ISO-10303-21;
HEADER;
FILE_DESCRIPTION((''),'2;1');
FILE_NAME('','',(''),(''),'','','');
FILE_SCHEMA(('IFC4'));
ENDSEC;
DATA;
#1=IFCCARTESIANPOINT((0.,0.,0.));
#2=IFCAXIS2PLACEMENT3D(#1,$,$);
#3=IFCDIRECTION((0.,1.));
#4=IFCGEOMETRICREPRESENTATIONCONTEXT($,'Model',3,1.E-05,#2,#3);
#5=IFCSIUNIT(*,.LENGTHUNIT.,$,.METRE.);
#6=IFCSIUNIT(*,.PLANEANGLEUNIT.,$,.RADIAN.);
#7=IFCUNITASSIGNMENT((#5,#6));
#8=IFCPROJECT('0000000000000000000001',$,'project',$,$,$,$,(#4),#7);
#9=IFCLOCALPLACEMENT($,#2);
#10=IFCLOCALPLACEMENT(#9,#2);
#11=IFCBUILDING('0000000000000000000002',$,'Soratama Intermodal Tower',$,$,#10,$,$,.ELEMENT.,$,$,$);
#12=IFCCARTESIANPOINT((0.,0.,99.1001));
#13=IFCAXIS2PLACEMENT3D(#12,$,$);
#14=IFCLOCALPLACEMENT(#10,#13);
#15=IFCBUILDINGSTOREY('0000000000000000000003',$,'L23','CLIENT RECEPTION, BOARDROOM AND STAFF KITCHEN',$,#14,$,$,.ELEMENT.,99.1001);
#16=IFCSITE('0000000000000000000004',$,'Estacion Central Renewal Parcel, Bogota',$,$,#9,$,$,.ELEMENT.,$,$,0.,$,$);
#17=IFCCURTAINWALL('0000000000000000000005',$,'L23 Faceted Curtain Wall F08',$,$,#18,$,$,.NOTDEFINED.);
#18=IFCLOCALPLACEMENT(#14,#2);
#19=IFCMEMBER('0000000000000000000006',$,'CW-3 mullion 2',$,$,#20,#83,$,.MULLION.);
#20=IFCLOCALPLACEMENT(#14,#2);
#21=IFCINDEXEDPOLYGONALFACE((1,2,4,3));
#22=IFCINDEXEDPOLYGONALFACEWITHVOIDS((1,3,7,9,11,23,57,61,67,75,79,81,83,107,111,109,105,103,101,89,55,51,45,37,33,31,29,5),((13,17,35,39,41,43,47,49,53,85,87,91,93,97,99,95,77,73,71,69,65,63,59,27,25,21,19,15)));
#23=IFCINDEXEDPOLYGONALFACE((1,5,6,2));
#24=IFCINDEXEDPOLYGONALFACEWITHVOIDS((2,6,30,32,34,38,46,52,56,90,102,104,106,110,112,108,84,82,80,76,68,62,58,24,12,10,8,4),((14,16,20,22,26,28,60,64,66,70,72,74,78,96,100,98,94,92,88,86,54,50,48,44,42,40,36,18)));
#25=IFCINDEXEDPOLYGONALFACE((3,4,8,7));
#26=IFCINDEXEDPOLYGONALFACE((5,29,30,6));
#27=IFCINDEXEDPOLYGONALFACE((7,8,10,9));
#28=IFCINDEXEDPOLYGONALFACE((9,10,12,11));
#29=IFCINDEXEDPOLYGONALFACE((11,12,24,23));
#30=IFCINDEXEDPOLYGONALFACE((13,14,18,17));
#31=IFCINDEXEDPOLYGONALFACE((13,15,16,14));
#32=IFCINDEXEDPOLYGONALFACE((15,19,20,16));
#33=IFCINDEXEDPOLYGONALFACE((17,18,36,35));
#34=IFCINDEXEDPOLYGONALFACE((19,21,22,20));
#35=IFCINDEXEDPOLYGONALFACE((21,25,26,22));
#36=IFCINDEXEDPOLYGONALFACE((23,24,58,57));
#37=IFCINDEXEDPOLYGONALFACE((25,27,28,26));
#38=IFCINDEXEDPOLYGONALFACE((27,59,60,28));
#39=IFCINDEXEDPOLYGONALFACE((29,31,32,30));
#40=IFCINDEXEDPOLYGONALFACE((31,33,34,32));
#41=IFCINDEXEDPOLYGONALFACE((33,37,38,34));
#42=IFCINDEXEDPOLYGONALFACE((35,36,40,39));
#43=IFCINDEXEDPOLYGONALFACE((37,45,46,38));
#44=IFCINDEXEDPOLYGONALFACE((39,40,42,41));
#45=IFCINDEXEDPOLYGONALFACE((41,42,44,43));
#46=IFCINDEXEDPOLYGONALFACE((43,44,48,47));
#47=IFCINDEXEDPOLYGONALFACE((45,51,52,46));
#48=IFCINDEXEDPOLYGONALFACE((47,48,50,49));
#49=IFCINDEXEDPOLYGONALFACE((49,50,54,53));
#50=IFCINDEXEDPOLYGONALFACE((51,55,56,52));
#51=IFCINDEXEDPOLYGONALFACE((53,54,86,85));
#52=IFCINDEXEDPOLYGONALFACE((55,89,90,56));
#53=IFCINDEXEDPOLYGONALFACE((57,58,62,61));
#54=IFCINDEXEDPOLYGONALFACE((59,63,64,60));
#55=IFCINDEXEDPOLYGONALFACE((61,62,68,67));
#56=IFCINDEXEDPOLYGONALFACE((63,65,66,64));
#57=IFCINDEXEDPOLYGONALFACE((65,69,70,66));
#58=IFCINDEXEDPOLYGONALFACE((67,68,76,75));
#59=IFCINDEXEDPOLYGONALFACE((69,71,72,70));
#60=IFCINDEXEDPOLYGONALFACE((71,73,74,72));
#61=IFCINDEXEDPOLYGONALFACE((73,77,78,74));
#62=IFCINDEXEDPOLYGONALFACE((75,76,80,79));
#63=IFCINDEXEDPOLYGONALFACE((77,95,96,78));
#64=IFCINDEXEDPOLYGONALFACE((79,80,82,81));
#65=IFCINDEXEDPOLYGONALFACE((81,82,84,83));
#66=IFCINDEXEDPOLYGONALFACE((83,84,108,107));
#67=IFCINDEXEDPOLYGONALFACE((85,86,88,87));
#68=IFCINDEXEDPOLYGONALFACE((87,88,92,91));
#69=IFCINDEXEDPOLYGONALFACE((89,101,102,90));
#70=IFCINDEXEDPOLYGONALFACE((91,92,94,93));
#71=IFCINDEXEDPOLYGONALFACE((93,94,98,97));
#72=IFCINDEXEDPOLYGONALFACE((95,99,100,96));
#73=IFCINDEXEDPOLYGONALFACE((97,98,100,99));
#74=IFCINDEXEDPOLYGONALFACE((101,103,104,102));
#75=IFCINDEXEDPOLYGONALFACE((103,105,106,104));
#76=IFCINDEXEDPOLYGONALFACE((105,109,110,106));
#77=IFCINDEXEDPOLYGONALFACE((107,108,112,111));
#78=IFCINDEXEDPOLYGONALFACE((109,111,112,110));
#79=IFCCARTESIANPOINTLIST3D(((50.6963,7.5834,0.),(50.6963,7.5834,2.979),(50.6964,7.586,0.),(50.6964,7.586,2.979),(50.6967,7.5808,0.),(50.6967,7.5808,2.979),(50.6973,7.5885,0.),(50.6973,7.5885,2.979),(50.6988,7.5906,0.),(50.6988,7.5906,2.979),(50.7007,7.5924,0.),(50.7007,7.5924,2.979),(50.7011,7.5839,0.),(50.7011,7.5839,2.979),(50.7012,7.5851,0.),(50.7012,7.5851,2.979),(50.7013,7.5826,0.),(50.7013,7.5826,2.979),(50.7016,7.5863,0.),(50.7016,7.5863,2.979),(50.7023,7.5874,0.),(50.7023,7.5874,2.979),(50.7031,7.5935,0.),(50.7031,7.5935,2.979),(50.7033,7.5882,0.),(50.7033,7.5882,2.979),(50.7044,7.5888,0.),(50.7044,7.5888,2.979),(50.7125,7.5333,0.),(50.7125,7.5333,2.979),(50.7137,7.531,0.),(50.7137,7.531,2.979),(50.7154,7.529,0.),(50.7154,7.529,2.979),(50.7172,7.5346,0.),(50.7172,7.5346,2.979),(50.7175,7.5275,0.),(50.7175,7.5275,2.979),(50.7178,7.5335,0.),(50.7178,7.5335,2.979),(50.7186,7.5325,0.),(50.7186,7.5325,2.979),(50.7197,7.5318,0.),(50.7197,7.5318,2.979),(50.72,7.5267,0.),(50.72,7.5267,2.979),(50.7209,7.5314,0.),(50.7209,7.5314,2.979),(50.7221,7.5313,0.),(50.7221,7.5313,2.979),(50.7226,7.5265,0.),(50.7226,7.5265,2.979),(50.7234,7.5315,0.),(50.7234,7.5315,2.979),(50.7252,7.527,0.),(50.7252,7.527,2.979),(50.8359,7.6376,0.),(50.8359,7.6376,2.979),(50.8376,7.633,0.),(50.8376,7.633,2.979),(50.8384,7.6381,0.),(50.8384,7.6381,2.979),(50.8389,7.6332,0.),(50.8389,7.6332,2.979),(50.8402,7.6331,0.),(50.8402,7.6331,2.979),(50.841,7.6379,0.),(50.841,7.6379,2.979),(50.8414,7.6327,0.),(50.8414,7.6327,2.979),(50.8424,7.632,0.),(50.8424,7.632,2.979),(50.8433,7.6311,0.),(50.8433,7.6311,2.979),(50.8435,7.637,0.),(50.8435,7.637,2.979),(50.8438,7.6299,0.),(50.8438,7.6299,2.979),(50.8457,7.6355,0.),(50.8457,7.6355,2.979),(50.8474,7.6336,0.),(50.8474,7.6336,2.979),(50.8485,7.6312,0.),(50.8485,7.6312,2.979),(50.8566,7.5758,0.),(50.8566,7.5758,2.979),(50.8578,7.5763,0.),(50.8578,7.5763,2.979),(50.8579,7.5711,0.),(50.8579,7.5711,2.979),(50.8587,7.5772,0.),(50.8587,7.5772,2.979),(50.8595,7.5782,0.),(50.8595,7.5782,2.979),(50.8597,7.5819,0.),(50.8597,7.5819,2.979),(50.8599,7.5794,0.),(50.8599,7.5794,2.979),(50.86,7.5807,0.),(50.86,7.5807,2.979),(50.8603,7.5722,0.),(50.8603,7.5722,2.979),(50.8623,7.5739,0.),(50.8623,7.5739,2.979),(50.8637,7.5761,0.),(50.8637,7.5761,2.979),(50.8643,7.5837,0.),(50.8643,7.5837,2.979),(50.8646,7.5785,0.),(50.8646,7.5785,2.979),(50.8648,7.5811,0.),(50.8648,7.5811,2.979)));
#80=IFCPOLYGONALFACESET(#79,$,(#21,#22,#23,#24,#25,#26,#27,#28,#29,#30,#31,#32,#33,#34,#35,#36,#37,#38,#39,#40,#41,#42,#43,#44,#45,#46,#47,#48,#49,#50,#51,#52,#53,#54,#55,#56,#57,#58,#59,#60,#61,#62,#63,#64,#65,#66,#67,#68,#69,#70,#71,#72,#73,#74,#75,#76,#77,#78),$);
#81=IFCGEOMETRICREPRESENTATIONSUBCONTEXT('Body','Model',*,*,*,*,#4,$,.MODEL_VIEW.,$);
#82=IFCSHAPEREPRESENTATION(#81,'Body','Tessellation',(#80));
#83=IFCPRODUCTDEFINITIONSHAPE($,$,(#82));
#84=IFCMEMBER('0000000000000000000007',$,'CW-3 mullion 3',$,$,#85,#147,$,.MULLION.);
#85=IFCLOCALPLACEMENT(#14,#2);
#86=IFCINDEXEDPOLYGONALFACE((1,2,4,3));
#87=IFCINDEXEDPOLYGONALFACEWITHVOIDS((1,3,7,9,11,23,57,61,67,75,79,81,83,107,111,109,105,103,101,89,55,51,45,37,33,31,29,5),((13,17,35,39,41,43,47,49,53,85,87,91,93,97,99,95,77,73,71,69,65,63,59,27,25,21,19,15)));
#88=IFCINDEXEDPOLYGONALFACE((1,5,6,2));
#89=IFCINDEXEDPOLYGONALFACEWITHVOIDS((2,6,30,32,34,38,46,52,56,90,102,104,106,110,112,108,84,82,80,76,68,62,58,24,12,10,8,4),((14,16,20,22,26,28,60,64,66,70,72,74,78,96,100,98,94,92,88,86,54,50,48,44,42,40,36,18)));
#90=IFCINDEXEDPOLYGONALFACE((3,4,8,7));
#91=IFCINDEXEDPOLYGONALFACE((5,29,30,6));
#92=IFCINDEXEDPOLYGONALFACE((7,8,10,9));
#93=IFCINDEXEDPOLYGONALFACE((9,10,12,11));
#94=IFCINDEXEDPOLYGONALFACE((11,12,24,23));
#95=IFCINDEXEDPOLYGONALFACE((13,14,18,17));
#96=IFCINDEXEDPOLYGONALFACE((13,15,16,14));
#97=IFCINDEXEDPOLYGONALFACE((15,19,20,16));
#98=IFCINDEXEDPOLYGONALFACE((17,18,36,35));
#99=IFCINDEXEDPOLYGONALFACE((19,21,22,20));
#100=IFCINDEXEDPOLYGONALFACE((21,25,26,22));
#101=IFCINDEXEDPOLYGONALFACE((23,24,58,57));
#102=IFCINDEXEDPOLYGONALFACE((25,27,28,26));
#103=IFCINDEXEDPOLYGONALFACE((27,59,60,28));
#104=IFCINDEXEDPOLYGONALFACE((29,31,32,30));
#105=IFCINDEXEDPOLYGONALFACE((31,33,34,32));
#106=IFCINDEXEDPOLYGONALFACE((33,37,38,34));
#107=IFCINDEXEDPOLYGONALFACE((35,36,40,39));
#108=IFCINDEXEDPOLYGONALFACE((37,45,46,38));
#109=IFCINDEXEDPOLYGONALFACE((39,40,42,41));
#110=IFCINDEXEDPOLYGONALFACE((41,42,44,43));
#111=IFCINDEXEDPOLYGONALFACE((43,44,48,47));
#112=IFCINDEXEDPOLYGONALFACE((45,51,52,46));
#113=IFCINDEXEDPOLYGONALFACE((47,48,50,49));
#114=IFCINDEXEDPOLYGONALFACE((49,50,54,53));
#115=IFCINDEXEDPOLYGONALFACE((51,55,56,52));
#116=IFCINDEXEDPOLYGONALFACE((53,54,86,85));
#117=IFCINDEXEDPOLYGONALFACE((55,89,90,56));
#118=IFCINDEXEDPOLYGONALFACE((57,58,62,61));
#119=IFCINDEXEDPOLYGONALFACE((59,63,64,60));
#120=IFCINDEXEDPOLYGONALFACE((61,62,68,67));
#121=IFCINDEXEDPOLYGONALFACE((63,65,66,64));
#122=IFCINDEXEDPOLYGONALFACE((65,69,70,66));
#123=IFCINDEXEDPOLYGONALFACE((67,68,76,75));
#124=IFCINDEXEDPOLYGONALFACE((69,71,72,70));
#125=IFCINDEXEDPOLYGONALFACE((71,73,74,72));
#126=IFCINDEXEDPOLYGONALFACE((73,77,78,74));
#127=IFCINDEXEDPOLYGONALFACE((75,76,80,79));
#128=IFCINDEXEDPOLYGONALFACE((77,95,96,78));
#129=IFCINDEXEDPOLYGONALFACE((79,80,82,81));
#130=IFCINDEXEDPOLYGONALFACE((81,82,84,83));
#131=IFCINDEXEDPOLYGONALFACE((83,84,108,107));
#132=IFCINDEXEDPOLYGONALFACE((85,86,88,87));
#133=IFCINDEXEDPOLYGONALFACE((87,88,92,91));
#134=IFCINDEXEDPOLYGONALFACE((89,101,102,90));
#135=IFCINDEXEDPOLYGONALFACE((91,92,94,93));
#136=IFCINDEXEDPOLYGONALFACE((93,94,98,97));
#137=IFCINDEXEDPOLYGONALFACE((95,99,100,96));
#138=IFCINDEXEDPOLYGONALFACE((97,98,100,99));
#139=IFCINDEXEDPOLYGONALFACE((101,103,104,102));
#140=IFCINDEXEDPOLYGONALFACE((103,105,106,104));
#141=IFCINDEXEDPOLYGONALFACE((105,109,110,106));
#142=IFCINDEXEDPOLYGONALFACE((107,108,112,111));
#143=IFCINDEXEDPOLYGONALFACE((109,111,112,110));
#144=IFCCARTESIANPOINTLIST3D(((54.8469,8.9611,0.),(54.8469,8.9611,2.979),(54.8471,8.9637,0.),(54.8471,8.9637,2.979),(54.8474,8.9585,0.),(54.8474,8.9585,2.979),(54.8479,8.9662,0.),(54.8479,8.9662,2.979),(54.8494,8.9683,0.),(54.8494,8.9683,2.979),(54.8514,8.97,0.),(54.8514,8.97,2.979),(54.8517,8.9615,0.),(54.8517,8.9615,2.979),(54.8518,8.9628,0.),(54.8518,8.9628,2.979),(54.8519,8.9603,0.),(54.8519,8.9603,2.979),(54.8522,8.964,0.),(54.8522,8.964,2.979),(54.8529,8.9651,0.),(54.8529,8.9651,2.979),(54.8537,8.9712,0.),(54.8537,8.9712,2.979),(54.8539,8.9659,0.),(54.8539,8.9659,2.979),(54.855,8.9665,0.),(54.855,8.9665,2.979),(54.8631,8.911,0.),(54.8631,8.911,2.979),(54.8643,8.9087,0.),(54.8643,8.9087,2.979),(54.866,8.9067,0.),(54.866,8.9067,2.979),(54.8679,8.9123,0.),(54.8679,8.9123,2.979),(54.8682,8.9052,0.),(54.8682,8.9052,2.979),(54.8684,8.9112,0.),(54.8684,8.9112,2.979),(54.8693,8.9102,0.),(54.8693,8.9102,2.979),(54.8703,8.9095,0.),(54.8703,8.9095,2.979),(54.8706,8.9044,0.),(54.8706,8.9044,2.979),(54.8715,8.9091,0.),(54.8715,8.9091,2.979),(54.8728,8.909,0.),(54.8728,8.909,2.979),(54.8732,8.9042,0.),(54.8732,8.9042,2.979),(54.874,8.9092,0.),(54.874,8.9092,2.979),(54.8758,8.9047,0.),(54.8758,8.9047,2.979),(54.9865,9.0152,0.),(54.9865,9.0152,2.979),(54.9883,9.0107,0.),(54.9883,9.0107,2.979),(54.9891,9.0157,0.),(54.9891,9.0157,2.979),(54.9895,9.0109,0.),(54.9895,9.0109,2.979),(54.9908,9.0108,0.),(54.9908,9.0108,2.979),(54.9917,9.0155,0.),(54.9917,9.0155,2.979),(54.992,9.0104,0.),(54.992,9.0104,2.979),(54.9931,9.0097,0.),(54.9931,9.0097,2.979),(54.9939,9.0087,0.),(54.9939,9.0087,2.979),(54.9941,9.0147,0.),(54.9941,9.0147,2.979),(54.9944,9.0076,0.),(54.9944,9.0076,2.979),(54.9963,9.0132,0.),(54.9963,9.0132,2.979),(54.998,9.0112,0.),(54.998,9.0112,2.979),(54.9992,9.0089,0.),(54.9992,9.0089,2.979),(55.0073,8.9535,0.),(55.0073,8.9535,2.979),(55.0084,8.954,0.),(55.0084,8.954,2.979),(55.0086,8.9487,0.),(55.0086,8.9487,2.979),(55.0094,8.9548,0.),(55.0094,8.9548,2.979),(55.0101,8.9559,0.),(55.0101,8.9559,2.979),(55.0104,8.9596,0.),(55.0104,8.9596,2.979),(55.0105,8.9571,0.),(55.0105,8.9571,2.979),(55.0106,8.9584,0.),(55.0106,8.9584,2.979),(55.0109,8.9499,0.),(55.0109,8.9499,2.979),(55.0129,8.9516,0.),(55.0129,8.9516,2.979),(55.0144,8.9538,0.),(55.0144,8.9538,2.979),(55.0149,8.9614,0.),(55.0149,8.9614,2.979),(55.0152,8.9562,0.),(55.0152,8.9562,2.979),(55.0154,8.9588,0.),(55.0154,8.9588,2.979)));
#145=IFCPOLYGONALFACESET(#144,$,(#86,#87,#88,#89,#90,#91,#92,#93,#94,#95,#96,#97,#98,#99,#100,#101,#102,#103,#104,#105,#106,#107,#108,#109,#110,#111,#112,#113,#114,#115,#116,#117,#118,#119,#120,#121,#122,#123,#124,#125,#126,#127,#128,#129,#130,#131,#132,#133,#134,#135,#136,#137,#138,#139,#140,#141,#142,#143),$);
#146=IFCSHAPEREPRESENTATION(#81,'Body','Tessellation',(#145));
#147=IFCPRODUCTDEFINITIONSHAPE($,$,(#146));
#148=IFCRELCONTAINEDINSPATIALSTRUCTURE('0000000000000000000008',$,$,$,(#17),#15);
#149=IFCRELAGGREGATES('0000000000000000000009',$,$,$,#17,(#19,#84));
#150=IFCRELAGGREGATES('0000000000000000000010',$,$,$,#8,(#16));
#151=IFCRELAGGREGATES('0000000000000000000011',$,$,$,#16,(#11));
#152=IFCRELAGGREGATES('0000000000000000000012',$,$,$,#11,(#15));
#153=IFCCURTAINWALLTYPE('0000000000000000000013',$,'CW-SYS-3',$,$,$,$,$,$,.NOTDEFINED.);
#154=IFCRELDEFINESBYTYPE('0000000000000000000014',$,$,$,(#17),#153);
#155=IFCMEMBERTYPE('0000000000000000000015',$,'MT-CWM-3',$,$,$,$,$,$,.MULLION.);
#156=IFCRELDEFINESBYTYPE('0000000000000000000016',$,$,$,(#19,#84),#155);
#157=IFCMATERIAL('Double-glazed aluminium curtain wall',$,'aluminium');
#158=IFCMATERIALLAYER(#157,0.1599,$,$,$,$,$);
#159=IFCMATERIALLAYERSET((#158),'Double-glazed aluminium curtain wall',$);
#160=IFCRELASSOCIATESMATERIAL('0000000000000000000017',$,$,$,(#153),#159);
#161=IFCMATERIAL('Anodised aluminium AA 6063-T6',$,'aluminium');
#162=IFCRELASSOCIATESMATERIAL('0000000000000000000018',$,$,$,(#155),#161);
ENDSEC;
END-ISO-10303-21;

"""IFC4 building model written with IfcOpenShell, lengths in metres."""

from ifc_helpers import new_model, si_unit, direction, frame, origin, origin_2d, place, context, subcontext, project, spatial, hollow_rectangle, extrude, material, layer, layer_set, material_profile, profile_set, type_object, element, aggregate, save


model = new_model("IFC4")

# Units and contexts
model_context = context("Model", 3, precision=1e-05, world=origin(), true_north=direction((0.0, 1.0)))
body_context = subcontext(model_context, "Body", "Model", "MODEL_VIEW")
ifc_project = project(units=[si_unit("LENGTHUNIT", "METRE"), si_unit("PLANEANGLEUNIT", "RADIAN")], contexts=[model_context])

# Site, building, storey
site_placement = place(None, origin())
site = spatial("IfcSite", under=ifc_project, at=site_placement, Name="Estacion Central Renewal Parcel, Bogota", CompositionType="ELEMENT", RefElevation=0.0)
building_placement = place(site_placement, origin())
building = spatial("IfcBuilding", under=site, at=building_placement, Name="Soratama Intermodal Tower", CompositionType="ELEMENT")
storey_placement = place(building_placement, frame((0.0, 0.0, 99.1001)))
storey = spatial("IfcBuildingStorey", under=building, at=storey_placement, Name="L23", Description="CLIENT RECEPTION, BOARDROOM AND STAFF KITCHEN", CompositionType="ELEMENT", Elevation=99.1001)

# Curtain wall, members
ifc_material_1 = material(Name="Double-glazed aluminium curtain wall", Category="aluminium")
ifc_layer_1 = layer(ifc_material_1, 0.1599)
ifc_layer_set_1 = layer_set([ifc_layer_1], Name="Double-glazed aluminium curtain wall")
curtain_wall_type = type_object("IfcCurtainWallType", Name="CW-SYS-3", PredefinedType="NOTDEFINED", material=ifc_layer_set_1)
curtain_wall_1_placement = place(storey_placement, origin())
curtain_wall_1 = element("IfcCurtainWall", 1, at=curtain_wall_1_placement, inside=storey, type_object=curtain_wall_type, Name="L23 Faceted Curtain Wall F08", PredefinedType="NOTDEFINED")
ifc_material_2 = material(Name="Anodised aluminium AA 6063-T6", Category="aluminium")
ifc_material_profile_1 = material_profile(ifc_material_2, hollow_rectangle(XDim=0.0701, YDim=0.1599, WallThickness=0.0049, InnerFilletRadius=0.0049, OuterFilletRadius=0.01, at=origin_2d()), Name="CWM160X70X5")
ifc_profile_set_1 = profile_set([ifc_material_profile_1], Name="Anodised aluminium AA 6063-T6")
member_type_1 = type_object("IfcMemberType", Name="MT-CWM-3", PredefinedType="MULLION", material=ifc_profile_set_1)
member_1_placement = place(storey_placement, frame((50.7805, 7.5823, 0.0), z_axis=(0.0, 0.0, 1.0), x_axis=(-0.314994, 0.949094, 0.0)))
member_1 = element("IfcMember", 2, at=member_1_placement, type_object=member_type_1, Name="CW-3 mullion 2", PredefinedType="MULLION", context=body_context, shape_type="SweptSolid", body=[
    extrude(hollow_rectangle(XDim=0.0701, YDim=0.1599, WallThickness=0.0049, InnerFilletRadius=0.0049, OuterFilletRadius=0.01, at=origin_2d()), origin(), (0.0, 0.0, 1.0), 2.979),
])
member_2_placement = place(storey_placement, frame((54.9312, 8.96, 0.0), z_axis=(0.0, 0.0, 1.0), x_axis=(-0.314994, 0.949094, 0.0)))
member_2 = element("IfcMember", 3, at=member_2_placement, type_object=member_type_1, Name="CW-3 mullion 3", PredefinedType="MULLION", context=body_context, shape_type="SweptSolid", body=[
    extrude(hollow_rectangle(XDim=0.0701, YDim=0.1599, WallThickness=0.0049, InnerFilletRadius=0.0049, OuterFilletRadius=0.01, at=origin_2d()), origin(), (0.0, 0.0, 1.0), 2.979),
])

aggregate(curtain_wall_1, [member_1, member_2])

save(model, "model.ifc")
